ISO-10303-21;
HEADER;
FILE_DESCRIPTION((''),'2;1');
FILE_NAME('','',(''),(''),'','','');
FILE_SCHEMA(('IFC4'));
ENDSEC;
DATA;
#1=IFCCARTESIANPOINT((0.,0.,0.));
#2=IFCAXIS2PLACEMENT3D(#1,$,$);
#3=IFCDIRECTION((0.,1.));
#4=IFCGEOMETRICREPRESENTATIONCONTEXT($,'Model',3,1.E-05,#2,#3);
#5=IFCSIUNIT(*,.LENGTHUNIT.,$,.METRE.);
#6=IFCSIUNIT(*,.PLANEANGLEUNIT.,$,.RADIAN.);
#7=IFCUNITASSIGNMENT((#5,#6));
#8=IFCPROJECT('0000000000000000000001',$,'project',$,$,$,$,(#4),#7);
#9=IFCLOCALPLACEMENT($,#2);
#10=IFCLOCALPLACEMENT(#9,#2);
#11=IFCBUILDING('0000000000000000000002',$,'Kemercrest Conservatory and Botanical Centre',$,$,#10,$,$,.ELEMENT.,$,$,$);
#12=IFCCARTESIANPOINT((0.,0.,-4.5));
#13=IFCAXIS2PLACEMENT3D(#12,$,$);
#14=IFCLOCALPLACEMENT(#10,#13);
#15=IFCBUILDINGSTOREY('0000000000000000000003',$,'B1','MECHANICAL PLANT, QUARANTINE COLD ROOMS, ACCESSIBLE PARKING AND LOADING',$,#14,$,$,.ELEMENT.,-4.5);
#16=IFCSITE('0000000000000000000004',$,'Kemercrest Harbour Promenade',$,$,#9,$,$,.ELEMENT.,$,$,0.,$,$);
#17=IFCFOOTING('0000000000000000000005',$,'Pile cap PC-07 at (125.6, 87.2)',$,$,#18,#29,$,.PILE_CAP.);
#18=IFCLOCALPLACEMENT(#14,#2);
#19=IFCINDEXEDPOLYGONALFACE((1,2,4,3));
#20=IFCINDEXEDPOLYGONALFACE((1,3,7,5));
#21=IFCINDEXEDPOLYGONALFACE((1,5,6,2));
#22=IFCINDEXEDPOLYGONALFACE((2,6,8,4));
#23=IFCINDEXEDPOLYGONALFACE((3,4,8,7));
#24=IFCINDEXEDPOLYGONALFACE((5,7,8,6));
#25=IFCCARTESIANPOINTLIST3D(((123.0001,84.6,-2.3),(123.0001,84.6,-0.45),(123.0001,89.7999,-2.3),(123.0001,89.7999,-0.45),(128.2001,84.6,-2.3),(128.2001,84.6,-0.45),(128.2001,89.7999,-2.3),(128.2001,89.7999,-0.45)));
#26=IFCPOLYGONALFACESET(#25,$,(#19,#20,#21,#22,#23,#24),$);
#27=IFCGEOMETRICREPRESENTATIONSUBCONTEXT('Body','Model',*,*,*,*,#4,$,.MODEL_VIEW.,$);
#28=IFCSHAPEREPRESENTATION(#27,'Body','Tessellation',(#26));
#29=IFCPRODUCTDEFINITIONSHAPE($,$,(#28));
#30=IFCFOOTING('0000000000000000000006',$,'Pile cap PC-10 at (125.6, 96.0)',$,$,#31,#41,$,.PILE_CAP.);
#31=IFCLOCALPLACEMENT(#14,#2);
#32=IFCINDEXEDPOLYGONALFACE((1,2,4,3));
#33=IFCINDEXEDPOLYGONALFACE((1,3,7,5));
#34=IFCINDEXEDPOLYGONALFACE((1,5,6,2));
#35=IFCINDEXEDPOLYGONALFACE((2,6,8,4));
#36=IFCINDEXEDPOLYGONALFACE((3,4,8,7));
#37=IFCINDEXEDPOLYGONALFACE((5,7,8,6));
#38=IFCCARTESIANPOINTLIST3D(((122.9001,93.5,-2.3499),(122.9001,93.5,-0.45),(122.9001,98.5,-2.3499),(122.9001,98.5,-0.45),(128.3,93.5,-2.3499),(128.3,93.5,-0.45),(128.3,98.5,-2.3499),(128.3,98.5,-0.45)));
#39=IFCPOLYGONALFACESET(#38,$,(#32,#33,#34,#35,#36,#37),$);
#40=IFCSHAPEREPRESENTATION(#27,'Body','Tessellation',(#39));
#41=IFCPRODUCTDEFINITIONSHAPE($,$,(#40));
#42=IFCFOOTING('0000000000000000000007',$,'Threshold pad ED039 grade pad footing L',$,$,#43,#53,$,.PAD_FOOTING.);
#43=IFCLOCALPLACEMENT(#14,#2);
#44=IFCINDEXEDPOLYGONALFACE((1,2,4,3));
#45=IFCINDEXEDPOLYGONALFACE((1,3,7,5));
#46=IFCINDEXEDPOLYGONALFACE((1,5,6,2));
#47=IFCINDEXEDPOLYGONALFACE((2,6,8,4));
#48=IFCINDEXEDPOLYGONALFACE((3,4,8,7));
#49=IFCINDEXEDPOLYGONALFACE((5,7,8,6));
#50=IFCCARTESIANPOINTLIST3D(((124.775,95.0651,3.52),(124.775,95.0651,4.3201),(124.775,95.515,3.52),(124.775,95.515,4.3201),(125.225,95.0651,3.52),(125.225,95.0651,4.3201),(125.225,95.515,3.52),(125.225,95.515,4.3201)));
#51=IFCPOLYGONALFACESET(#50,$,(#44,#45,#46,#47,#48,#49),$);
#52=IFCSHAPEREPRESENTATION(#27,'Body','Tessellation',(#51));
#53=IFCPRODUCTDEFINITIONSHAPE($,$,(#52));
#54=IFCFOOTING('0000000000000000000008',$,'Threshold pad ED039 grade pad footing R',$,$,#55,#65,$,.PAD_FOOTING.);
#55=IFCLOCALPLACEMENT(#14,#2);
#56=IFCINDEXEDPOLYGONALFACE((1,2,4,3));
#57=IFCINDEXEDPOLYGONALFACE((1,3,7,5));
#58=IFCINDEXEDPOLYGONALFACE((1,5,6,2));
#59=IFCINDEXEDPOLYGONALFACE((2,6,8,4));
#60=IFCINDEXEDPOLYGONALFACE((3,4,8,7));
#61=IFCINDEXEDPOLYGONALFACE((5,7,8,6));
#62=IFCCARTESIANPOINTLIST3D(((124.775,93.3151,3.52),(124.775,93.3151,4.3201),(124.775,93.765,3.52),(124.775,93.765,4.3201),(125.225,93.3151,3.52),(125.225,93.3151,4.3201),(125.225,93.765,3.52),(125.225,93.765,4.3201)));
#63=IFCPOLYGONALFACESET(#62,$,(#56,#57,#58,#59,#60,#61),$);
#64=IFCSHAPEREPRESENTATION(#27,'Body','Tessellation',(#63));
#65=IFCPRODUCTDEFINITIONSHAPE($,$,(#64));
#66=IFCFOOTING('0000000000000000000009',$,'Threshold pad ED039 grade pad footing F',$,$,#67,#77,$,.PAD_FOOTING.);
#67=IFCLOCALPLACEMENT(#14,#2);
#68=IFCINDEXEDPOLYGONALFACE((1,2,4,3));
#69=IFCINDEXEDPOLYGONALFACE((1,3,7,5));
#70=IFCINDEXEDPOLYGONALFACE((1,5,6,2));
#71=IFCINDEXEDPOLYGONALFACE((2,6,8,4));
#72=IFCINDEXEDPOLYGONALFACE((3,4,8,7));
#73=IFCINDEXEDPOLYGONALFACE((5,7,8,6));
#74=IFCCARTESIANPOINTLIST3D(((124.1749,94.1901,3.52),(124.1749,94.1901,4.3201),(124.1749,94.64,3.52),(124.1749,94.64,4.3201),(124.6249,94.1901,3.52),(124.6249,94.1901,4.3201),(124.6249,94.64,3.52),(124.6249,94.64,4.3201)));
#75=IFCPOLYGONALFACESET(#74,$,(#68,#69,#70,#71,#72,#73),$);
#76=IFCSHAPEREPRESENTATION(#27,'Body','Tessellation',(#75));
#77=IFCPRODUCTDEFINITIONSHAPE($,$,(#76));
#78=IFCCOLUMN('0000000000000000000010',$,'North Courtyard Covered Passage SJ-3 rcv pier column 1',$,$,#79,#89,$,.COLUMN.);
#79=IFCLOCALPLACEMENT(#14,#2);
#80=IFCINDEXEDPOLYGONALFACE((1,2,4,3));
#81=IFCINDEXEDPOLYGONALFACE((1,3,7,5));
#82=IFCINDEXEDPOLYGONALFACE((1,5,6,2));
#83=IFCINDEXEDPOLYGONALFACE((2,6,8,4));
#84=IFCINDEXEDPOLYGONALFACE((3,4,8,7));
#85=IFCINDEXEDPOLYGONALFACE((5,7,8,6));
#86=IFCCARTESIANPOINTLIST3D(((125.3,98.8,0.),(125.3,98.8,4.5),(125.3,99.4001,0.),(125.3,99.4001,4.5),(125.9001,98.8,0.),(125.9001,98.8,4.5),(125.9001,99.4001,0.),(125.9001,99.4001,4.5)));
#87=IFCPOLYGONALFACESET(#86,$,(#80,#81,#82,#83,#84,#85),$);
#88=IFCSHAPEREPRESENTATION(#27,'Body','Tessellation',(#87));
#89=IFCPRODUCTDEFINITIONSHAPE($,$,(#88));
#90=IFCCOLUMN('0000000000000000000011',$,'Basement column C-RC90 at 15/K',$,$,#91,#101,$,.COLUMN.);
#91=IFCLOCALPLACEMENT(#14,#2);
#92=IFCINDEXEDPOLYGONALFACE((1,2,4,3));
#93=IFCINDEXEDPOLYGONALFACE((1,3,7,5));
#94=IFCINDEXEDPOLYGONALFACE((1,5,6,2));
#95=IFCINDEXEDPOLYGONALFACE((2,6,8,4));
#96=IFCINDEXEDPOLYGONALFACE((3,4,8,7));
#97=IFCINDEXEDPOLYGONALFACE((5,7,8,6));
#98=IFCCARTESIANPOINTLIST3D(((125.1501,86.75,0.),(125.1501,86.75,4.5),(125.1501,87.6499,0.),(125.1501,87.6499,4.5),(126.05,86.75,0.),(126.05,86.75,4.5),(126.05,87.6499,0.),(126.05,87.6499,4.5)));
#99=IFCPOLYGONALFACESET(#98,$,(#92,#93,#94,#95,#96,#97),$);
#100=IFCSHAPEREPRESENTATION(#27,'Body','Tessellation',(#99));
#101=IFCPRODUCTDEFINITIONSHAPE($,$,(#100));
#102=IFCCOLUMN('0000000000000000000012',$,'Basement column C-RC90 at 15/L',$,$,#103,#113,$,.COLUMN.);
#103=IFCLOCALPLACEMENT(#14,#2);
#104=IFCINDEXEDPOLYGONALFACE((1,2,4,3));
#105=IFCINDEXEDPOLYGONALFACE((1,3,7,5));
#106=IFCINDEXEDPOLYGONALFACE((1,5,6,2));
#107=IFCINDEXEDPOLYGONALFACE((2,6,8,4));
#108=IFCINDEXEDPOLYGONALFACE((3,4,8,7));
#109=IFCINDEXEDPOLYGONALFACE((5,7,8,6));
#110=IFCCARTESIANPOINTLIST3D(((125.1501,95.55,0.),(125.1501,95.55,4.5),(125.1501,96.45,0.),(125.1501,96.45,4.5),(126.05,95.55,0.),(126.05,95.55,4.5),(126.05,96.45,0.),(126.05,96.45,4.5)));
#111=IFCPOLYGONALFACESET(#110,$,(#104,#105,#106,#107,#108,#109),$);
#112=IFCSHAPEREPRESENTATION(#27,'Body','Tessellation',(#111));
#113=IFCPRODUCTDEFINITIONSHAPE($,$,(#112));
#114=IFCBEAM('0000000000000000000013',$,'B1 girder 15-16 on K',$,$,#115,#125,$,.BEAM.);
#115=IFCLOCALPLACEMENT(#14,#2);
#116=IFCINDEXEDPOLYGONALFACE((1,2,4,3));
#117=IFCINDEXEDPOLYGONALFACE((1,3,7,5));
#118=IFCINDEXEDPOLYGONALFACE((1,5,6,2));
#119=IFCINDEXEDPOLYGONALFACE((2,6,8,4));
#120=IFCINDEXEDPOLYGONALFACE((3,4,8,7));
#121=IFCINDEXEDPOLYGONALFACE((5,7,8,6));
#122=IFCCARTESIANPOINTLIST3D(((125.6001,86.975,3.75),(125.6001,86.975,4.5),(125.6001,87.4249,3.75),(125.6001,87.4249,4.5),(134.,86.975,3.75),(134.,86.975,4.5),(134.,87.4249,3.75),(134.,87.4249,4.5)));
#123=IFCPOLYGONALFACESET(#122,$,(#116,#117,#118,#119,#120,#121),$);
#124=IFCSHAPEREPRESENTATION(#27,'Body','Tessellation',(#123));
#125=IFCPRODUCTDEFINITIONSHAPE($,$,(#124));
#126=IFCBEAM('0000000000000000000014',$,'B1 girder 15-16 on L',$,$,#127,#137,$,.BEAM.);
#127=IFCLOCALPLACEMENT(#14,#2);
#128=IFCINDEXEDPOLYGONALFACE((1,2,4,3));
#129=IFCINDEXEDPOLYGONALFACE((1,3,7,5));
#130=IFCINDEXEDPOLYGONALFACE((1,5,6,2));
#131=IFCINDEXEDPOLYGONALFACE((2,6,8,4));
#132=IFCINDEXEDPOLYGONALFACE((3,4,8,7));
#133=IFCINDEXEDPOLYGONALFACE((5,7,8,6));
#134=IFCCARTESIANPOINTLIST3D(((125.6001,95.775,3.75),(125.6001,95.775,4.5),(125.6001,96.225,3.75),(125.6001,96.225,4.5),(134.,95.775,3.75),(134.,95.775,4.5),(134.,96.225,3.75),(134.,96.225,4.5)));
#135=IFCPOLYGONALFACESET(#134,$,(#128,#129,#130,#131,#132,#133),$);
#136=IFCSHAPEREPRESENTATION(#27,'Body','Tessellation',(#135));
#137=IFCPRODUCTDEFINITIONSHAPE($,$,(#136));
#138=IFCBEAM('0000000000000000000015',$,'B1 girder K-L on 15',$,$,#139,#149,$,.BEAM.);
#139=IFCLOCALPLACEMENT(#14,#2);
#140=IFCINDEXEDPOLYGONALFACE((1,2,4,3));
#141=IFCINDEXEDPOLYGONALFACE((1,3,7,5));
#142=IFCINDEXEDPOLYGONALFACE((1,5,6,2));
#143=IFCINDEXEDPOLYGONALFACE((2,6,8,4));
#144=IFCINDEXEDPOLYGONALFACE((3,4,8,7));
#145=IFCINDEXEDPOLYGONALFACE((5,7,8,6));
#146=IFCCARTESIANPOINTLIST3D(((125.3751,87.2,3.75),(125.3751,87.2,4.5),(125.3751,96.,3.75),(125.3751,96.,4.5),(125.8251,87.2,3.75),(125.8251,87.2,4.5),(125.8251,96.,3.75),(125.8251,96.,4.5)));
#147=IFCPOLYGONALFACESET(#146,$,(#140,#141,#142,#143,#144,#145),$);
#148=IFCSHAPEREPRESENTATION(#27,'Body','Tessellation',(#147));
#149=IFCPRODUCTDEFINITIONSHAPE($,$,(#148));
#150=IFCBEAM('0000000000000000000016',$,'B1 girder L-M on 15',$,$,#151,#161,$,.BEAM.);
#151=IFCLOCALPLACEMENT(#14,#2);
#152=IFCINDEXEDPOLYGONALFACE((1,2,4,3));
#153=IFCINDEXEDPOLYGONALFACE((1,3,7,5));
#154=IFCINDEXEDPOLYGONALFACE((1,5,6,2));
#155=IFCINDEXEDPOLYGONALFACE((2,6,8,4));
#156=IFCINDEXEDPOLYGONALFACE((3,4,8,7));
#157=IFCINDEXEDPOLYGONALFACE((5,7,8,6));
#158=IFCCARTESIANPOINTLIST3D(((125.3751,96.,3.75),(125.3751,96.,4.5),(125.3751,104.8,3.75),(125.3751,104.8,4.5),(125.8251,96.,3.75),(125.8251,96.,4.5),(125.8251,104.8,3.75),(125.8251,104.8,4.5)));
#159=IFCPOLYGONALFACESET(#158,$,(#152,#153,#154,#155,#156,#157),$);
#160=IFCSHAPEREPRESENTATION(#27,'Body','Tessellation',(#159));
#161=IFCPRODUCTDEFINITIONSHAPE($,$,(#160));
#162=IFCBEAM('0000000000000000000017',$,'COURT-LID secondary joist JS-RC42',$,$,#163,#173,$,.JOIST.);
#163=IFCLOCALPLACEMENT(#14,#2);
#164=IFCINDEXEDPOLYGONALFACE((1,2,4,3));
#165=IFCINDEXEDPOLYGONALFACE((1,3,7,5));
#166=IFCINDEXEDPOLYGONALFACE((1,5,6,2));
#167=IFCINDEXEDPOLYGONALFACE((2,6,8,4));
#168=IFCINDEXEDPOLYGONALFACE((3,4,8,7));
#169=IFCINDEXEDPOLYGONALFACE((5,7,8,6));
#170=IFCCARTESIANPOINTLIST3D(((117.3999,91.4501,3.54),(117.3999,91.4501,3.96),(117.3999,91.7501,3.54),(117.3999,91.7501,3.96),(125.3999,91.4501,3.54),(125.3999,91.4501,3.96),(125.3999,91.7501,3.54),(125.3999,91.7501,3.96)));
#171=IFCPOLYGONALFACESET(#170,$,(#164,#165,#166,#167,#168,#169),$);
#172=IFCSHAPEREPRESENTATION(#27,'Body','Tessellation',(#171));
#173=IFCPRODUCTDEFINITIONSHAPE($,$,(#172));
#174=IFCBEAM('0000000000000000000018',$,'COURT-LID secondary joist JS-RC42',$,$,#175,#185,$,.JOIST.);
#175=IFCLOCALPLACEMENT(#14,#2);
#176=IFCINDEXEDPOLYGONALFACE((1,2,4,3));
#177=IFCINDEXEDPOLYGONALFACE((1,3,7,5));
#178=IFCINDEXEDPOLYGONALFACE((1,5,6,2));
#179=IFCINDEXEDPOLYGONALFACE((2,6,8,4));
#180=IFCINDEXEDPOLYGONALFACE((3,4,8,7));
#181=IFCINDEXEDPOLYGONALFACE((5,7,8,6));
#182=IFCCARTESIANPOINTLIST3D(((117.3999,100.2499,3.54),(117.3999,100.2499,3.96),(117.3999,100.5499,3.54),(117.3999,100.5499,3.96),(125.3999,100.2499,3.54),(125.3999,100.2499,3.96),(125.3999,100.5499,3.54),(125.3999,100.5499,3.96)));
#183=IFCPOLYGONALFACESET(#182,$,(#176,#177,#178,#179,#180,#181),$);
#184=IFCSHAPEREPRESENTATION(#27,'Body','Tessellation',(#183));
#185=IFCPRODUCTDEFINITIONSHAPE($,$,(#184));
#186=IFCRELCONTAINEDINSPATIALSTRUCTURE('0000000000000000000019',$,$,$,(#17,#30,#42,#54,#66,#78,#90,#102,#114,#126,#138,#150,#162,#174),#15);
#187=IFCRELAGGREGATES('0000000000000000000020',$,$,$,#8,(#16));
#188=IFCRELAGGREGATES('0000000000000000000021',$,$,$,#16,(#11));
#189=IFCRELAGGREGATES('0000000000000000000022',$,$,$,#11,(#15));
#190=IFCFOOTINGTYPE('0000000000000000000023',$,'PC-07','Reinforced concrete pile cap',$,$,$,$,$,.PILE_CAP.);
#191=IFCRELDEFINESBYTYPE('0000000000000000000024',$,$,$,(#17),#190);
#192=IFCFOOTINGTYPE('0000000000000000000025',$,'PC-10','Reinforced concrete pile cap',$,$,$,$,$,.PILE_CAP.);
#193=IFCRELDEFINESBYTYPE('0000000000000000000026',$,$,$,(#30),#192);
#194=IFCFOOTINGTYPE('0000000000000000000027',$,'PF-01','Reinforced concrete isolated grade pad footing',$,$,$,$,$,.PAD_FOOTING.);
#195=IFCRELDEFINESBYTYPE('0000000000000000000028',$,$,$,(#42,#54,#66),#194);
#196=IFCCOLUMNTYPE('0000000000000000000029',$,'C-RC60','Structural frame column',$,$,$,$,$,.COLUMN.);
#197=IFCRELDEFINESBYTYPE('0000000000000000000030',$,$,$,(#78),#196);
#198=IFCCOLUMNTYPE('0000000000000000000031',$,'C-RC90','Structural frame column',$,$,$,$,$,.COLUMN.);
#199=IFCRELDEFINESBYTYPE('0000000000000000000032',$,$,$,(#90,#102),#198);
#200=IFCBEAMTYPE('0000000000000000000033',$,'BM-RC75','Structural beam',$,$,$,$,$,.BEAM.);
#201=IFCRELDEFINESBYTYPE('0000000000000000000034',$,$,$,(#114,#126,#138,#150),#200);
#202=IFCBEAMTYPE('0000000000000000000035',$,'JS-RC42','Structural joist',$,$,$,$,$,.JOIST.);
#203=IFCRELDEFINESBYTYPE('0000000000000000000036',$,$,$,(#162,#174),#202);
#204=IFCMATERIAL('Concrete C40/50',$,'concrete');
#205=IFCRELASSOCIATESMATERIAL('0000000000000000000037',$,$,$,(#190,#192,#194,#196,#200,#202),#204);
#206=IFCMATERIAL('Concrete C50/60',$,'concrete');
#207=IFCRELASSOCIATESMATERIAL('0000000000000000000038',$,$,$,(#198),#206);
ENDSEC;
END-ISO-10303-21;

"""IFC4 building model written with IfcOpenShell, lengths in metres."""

from ifc_helpers import new_model, si_unit, direction, frame, origin, origin_2d, place, context, subcontext, project, spatial, rectangle, extrude, material, material_profile, profile_set, type_object, element, save


model = new_model("IFC4")

# Units and contexts
model_context = context("Model", 3, precision=1e-05, world=origin(), true_north=direction((0.0, 1.0)))
body_context = subcontext(model_context, "Body", "Model", "MODEL_VIEW")
ifc_project = project(units=[si_unit("LENGTHUNIT", "METRE"), si_unit("PLANEANGLEUNIT", "RADIAN")], contexts=[model_context])

# Site, building, storey
site_placement = place(None, origin())
site = spatial("IfcSite", under=ifc_project, at=site_placement, Name="Kemercrest Harbour Promenade", CompositionType="ELEMENT", RefElevation=0.0)
building_placement = place(site_placement, origin())
building = spatial("IfcBuilding", under=site, at=building_placement, Name="Kemercrest Conservatory and Botanical Centre", CompositionType="ELEMENT")
storey_placement = place(building_placement, frame((0.0, 0.0, -4.5)))
storey = spatial("IfcBuildingStorey", under=building, at=storey_placement, Name="B1", Description="MECHANICAL PLANT, QUARANTINE COLD ROOMS, ACCESSIBLE PARKING AND LOADING", CompositionType="ELEMENT", Elevation=-4.5)

# Shared definitions
ifc_material_1 = material(Name="Concrete C40/50", Category="concrete")

# Footings
footing_type_1 = type_object("IfcFootingType", Name="PC-07", Description="Reinforced concrete pile cap", PredefinedType="PILE_CAP", material=ifc_material_1)
footing_1_placement = place(storey_placement, frame((125.6001, 87.2, -2.3), z_axis=(0.0, 0.0, 1.0), x_axis=(1.0, 0.0, 0.0)))
element("IfcFooting", 1, at=footing_1_placement, inside=storey, type_object=footing_type_1, Name="Pile cap PC-07 at (125.6, 87.2)", PredefinedType="PILE_CAP", context=body_context, shape_type="SweptSolid", body=[
    extrude(rectangle(XDim=5.2, YDim=5.2, at=origin_2d()), origin(), (0.0, 0.0, 1.0), 1.8501),
])
footing_type_2 = type_object("IfcFootingType", Name="PC-10", Description="Reinforced concrete pile cap", PredefinedType="PILE_CAP", material=ifc_material_1)
footing_2_placement = place(storey_placement, frame((125.6001, 96.0, -2.3499), z_axis=(0.0, 0.0, 1.0), x_axis=(1.0, 0.0, 0.0)))
element("IfcFooting", 2, at=footing_2_placement, inside=storey, type_object=footing_type_2, Name="Pile cap PC-10 at (125.6, 96.0)", PredefinedType="PILE_CAP", context=body_context, shape_type="SweptSolid", body=[
    extrude(rectangle(XDim=5.3999, YDim=5.0, at=origin_2d()), origin(), (0.0, 0.0, 1.0), 1.8999),
])
footing_type_3 = type_object("IfcFootingType", Name="PF-01", Description="Reinforced concrete isolated grade pad footing", PredefinedType="PAD_FOOTING", material=ifc_material_1)
for number, where, z_axis, x_axis, name in (
    (3, (125.0, 95.29, 3.52), (0.0, 0.0, 1.0), (0.0, -1.0, 0.0), "Threshold pad ED039 grade pad footing L"),
    (4, (125.0, 93.54, 3.52), (0.0, 0.0, 1.0), (0.0, -1.0, 0.0), "Threshold pad ED039 grade pad footing R"),
    (5, (124.3999, 94.415, 3.52), (0.0, 0.0, 1.0), (0.0, -1.0, 0.0), "Threshold pad ED039 grade pad footing F"),
):
    element("IfcFooting", number, at=place(storey_placement, frame(where, z_axis=z_axis, x_axis=x_axis)), inside=storey, type_object=footing_type_3, Name=name, PredefinedType="PAD_FOOTING", context=body_context, shape_type="SweptSolid", body=[
        extrude(rectangle(XDim=0.45, YDim=0.45, at=origin_2d()), origin(), (0.0, 0.0, 1.0), 0.8),
    ])

# Columns
ifc_material_profile_1 = material_profile(ifc_material_1, rectangle(XDim=0.6001, YDim=0.6001, at=origin_2d()), Name="RC 600x600")
ifc_profile_set_1 = profile_set([ifc_material_profile_1], Name="Concrete C40/50")
column_type_1 = type_object("IfcColumnType", Name="C-RC60", Description="Structural frame column", PredefinedType="COLUMN", material=ifc_profile_set_1)
column_placement = place(storey_placement, frame((125.6001, 99.1001, 0.0), z_axis=(0.0, 0.0, 1.0), x_axis=(1.0, 0.0, 0.0)))
element("IfcColumn", 6, at=column_placement, inside=storey, type_object=column_type_1, Name="North Courtyard Covered Passage SJ-3 rcv pier column 1", PredefinedType="COLUMN", context=body_context, shape_type="SweptSolid", body=[
    extrude(rectangle(XDim=0.6001, YDim=0.6001, at=origin_2d()), origin(), (0.0, 0.0, 1.0), 4.5),
])
ifc_material_2 = material(Name="Concrete C50/60", Category="concrete")
ifc_material_profile_2 = material_profile(ifc_material_2, rectangle(XDim=0.8999, YDim=0.8999, at=origin_2d()), Name="RC 900x900")
ifc_profile_set_2 = profile_set([ifc_material_profile_2], Name="Concrete C50/60")
column_type_2 = type_object("IfcColumnType", Name="C-RC90", Description="Structural frame column", PredefinedType="COLUMN", material=ifc_profile_set_2)
for number, where, z_axis, x_axis, name in (
    (7, (125.6001, 87.2, 0.0), (0.0, 0.0, 1.0), (1.0, 0.0, 0.0), "Basement column C-RC90 at 15/K"),
    (8, (125.6001, 96.0, 0.0), (0.0, 0.0, 1.0), (1.0, 0.0, 0.0), "Basement column C-RC90 at 15/L"),
):
    element("IfcColumn", number, at=place(storey_placement, frame(where, z_axis=z_axis, x_axis=x_axis)), inside=storey, type_object=column_type_2, Name=name, PredefinedType="COLUMN", context=body_context, shape_type="SweptSolid", body=[
        extrude(rectangle(XDim=0.8999, YDim=0.8999, at=origin_2d()), origin(), (0.0, 0.0, 1.0), 4.5),
    ])

# Beams
ifc_material_profile_3 = material_profile(ifc_material_1, rectangle(XDim=0.45, YDim=0.75, at=origin_2d()), Name="RC 450x750")
ifc_profile_set_3 = profile_set([ifc_material_profile_3], Name="Concrete C40/50")
beam_type_1 = type_object("IfcBeamType", Name="BM-RC75", Description="Structural beam", PredefinedType="BEAM", material=ifc_profile_set_3)
for number, where, z_axis, x_axis, name in (
    (9, (125.6001, 87.2, 4.125), (1.0, 0.0, 0.0), (0.0, 1.0, 0.0), "B1 girder 15-16 on K"),
    (10, (125.6001, 96.0, 4.125), (1.0, 0.0, 0.0), (0.0, 1.0, 0.0), "B1 girder 15-16 on L"),
):
    element("IfcBeam", number, at=place(storey_placement, frame(where, z_axis=z_axis, x_axis=x_axis)), inside=storey, type_object=beam_type_1, Name=name, PredefinedType="BEAM", context=body_context, shape_type="SweptSolid", body=[
        extrude(rectangle(XDim=0.45, YDim=0.75, at=origin_2d()), origin(), (0.0, 0.0, 1.0), 8.3999),
    ])
for number, where, z_axis, x_axis, name in (
    (11, (125.6001, 87.2, 4.125), (0.0, 1.0, 0.0), (-1.0, 0.0, 0.0), "B1 girder K-L on 15"),
    (12, (125.6001, 96.0, 4.125), (0.0, 1.0, 0.0), (-1.0, 0.0, 0.0), "B1 girder L-M on 15"),
):
    element("IfcBeam", number, at=place(storey_placement, frame(where, z_axis=z_axis, x_axis=x_axis)), inside=storey, type_object=beam_type_1, Name=name, PredefinedType="BEAM", context=body_context, shape_type="SweptSolid", body=[
        extrude(rectangle(XDim=0.45, YDim=0.75, at=origin_2d()), origin(), (0.0, 0.0, 1.0), 8.8),
    ])
ifc_material_profile_4 = material_profile(ifc_material_1, rectangle(XDim=0.3, YDim=0.4199, at=origin_2d()), Name="RC 300x420")
ifc_profile_set_4 = profile_set([ifc_material_profile_4], Name="Concrete C40/50")
beam_type_2 = type_object("IfcBeamType", Name="JS-RC42", Description="Structural joist", PredefinedType="JOIST", material=ifc_profile_set_4)
for number, where, z_axis, x_axis, name in (
    (13, (117.3999, 91.6001, 3.75), (1.0, 0.0, 0.0), (0.0, 1.0, 0.0), "COURT-LID secondary joist JS-RC42"),
    (14, (117.3999, 100.3999, 3.75), (1.0, 0.0, 0.0), (0.0, 1.0, 0.0), "COURT-LID secondary joist JS-RC42"),
):
    element("IfcBeam", number, at=place(storey_placement, frame(where, z_axis=z_axis, x_axis=x_axis)), inside=storey, type_object=beam_type_2, Name=name, PredefinedType="JOIST", context=body_context, shape_type="SweptSolid", body=[
        extrude(rectangle(XDim=0.3, YDim=0.4199, at=origin_2d()), origin(), (0.0, 0.0, 1.0), 8.0),
    ])

save(model, "model.ifc")
